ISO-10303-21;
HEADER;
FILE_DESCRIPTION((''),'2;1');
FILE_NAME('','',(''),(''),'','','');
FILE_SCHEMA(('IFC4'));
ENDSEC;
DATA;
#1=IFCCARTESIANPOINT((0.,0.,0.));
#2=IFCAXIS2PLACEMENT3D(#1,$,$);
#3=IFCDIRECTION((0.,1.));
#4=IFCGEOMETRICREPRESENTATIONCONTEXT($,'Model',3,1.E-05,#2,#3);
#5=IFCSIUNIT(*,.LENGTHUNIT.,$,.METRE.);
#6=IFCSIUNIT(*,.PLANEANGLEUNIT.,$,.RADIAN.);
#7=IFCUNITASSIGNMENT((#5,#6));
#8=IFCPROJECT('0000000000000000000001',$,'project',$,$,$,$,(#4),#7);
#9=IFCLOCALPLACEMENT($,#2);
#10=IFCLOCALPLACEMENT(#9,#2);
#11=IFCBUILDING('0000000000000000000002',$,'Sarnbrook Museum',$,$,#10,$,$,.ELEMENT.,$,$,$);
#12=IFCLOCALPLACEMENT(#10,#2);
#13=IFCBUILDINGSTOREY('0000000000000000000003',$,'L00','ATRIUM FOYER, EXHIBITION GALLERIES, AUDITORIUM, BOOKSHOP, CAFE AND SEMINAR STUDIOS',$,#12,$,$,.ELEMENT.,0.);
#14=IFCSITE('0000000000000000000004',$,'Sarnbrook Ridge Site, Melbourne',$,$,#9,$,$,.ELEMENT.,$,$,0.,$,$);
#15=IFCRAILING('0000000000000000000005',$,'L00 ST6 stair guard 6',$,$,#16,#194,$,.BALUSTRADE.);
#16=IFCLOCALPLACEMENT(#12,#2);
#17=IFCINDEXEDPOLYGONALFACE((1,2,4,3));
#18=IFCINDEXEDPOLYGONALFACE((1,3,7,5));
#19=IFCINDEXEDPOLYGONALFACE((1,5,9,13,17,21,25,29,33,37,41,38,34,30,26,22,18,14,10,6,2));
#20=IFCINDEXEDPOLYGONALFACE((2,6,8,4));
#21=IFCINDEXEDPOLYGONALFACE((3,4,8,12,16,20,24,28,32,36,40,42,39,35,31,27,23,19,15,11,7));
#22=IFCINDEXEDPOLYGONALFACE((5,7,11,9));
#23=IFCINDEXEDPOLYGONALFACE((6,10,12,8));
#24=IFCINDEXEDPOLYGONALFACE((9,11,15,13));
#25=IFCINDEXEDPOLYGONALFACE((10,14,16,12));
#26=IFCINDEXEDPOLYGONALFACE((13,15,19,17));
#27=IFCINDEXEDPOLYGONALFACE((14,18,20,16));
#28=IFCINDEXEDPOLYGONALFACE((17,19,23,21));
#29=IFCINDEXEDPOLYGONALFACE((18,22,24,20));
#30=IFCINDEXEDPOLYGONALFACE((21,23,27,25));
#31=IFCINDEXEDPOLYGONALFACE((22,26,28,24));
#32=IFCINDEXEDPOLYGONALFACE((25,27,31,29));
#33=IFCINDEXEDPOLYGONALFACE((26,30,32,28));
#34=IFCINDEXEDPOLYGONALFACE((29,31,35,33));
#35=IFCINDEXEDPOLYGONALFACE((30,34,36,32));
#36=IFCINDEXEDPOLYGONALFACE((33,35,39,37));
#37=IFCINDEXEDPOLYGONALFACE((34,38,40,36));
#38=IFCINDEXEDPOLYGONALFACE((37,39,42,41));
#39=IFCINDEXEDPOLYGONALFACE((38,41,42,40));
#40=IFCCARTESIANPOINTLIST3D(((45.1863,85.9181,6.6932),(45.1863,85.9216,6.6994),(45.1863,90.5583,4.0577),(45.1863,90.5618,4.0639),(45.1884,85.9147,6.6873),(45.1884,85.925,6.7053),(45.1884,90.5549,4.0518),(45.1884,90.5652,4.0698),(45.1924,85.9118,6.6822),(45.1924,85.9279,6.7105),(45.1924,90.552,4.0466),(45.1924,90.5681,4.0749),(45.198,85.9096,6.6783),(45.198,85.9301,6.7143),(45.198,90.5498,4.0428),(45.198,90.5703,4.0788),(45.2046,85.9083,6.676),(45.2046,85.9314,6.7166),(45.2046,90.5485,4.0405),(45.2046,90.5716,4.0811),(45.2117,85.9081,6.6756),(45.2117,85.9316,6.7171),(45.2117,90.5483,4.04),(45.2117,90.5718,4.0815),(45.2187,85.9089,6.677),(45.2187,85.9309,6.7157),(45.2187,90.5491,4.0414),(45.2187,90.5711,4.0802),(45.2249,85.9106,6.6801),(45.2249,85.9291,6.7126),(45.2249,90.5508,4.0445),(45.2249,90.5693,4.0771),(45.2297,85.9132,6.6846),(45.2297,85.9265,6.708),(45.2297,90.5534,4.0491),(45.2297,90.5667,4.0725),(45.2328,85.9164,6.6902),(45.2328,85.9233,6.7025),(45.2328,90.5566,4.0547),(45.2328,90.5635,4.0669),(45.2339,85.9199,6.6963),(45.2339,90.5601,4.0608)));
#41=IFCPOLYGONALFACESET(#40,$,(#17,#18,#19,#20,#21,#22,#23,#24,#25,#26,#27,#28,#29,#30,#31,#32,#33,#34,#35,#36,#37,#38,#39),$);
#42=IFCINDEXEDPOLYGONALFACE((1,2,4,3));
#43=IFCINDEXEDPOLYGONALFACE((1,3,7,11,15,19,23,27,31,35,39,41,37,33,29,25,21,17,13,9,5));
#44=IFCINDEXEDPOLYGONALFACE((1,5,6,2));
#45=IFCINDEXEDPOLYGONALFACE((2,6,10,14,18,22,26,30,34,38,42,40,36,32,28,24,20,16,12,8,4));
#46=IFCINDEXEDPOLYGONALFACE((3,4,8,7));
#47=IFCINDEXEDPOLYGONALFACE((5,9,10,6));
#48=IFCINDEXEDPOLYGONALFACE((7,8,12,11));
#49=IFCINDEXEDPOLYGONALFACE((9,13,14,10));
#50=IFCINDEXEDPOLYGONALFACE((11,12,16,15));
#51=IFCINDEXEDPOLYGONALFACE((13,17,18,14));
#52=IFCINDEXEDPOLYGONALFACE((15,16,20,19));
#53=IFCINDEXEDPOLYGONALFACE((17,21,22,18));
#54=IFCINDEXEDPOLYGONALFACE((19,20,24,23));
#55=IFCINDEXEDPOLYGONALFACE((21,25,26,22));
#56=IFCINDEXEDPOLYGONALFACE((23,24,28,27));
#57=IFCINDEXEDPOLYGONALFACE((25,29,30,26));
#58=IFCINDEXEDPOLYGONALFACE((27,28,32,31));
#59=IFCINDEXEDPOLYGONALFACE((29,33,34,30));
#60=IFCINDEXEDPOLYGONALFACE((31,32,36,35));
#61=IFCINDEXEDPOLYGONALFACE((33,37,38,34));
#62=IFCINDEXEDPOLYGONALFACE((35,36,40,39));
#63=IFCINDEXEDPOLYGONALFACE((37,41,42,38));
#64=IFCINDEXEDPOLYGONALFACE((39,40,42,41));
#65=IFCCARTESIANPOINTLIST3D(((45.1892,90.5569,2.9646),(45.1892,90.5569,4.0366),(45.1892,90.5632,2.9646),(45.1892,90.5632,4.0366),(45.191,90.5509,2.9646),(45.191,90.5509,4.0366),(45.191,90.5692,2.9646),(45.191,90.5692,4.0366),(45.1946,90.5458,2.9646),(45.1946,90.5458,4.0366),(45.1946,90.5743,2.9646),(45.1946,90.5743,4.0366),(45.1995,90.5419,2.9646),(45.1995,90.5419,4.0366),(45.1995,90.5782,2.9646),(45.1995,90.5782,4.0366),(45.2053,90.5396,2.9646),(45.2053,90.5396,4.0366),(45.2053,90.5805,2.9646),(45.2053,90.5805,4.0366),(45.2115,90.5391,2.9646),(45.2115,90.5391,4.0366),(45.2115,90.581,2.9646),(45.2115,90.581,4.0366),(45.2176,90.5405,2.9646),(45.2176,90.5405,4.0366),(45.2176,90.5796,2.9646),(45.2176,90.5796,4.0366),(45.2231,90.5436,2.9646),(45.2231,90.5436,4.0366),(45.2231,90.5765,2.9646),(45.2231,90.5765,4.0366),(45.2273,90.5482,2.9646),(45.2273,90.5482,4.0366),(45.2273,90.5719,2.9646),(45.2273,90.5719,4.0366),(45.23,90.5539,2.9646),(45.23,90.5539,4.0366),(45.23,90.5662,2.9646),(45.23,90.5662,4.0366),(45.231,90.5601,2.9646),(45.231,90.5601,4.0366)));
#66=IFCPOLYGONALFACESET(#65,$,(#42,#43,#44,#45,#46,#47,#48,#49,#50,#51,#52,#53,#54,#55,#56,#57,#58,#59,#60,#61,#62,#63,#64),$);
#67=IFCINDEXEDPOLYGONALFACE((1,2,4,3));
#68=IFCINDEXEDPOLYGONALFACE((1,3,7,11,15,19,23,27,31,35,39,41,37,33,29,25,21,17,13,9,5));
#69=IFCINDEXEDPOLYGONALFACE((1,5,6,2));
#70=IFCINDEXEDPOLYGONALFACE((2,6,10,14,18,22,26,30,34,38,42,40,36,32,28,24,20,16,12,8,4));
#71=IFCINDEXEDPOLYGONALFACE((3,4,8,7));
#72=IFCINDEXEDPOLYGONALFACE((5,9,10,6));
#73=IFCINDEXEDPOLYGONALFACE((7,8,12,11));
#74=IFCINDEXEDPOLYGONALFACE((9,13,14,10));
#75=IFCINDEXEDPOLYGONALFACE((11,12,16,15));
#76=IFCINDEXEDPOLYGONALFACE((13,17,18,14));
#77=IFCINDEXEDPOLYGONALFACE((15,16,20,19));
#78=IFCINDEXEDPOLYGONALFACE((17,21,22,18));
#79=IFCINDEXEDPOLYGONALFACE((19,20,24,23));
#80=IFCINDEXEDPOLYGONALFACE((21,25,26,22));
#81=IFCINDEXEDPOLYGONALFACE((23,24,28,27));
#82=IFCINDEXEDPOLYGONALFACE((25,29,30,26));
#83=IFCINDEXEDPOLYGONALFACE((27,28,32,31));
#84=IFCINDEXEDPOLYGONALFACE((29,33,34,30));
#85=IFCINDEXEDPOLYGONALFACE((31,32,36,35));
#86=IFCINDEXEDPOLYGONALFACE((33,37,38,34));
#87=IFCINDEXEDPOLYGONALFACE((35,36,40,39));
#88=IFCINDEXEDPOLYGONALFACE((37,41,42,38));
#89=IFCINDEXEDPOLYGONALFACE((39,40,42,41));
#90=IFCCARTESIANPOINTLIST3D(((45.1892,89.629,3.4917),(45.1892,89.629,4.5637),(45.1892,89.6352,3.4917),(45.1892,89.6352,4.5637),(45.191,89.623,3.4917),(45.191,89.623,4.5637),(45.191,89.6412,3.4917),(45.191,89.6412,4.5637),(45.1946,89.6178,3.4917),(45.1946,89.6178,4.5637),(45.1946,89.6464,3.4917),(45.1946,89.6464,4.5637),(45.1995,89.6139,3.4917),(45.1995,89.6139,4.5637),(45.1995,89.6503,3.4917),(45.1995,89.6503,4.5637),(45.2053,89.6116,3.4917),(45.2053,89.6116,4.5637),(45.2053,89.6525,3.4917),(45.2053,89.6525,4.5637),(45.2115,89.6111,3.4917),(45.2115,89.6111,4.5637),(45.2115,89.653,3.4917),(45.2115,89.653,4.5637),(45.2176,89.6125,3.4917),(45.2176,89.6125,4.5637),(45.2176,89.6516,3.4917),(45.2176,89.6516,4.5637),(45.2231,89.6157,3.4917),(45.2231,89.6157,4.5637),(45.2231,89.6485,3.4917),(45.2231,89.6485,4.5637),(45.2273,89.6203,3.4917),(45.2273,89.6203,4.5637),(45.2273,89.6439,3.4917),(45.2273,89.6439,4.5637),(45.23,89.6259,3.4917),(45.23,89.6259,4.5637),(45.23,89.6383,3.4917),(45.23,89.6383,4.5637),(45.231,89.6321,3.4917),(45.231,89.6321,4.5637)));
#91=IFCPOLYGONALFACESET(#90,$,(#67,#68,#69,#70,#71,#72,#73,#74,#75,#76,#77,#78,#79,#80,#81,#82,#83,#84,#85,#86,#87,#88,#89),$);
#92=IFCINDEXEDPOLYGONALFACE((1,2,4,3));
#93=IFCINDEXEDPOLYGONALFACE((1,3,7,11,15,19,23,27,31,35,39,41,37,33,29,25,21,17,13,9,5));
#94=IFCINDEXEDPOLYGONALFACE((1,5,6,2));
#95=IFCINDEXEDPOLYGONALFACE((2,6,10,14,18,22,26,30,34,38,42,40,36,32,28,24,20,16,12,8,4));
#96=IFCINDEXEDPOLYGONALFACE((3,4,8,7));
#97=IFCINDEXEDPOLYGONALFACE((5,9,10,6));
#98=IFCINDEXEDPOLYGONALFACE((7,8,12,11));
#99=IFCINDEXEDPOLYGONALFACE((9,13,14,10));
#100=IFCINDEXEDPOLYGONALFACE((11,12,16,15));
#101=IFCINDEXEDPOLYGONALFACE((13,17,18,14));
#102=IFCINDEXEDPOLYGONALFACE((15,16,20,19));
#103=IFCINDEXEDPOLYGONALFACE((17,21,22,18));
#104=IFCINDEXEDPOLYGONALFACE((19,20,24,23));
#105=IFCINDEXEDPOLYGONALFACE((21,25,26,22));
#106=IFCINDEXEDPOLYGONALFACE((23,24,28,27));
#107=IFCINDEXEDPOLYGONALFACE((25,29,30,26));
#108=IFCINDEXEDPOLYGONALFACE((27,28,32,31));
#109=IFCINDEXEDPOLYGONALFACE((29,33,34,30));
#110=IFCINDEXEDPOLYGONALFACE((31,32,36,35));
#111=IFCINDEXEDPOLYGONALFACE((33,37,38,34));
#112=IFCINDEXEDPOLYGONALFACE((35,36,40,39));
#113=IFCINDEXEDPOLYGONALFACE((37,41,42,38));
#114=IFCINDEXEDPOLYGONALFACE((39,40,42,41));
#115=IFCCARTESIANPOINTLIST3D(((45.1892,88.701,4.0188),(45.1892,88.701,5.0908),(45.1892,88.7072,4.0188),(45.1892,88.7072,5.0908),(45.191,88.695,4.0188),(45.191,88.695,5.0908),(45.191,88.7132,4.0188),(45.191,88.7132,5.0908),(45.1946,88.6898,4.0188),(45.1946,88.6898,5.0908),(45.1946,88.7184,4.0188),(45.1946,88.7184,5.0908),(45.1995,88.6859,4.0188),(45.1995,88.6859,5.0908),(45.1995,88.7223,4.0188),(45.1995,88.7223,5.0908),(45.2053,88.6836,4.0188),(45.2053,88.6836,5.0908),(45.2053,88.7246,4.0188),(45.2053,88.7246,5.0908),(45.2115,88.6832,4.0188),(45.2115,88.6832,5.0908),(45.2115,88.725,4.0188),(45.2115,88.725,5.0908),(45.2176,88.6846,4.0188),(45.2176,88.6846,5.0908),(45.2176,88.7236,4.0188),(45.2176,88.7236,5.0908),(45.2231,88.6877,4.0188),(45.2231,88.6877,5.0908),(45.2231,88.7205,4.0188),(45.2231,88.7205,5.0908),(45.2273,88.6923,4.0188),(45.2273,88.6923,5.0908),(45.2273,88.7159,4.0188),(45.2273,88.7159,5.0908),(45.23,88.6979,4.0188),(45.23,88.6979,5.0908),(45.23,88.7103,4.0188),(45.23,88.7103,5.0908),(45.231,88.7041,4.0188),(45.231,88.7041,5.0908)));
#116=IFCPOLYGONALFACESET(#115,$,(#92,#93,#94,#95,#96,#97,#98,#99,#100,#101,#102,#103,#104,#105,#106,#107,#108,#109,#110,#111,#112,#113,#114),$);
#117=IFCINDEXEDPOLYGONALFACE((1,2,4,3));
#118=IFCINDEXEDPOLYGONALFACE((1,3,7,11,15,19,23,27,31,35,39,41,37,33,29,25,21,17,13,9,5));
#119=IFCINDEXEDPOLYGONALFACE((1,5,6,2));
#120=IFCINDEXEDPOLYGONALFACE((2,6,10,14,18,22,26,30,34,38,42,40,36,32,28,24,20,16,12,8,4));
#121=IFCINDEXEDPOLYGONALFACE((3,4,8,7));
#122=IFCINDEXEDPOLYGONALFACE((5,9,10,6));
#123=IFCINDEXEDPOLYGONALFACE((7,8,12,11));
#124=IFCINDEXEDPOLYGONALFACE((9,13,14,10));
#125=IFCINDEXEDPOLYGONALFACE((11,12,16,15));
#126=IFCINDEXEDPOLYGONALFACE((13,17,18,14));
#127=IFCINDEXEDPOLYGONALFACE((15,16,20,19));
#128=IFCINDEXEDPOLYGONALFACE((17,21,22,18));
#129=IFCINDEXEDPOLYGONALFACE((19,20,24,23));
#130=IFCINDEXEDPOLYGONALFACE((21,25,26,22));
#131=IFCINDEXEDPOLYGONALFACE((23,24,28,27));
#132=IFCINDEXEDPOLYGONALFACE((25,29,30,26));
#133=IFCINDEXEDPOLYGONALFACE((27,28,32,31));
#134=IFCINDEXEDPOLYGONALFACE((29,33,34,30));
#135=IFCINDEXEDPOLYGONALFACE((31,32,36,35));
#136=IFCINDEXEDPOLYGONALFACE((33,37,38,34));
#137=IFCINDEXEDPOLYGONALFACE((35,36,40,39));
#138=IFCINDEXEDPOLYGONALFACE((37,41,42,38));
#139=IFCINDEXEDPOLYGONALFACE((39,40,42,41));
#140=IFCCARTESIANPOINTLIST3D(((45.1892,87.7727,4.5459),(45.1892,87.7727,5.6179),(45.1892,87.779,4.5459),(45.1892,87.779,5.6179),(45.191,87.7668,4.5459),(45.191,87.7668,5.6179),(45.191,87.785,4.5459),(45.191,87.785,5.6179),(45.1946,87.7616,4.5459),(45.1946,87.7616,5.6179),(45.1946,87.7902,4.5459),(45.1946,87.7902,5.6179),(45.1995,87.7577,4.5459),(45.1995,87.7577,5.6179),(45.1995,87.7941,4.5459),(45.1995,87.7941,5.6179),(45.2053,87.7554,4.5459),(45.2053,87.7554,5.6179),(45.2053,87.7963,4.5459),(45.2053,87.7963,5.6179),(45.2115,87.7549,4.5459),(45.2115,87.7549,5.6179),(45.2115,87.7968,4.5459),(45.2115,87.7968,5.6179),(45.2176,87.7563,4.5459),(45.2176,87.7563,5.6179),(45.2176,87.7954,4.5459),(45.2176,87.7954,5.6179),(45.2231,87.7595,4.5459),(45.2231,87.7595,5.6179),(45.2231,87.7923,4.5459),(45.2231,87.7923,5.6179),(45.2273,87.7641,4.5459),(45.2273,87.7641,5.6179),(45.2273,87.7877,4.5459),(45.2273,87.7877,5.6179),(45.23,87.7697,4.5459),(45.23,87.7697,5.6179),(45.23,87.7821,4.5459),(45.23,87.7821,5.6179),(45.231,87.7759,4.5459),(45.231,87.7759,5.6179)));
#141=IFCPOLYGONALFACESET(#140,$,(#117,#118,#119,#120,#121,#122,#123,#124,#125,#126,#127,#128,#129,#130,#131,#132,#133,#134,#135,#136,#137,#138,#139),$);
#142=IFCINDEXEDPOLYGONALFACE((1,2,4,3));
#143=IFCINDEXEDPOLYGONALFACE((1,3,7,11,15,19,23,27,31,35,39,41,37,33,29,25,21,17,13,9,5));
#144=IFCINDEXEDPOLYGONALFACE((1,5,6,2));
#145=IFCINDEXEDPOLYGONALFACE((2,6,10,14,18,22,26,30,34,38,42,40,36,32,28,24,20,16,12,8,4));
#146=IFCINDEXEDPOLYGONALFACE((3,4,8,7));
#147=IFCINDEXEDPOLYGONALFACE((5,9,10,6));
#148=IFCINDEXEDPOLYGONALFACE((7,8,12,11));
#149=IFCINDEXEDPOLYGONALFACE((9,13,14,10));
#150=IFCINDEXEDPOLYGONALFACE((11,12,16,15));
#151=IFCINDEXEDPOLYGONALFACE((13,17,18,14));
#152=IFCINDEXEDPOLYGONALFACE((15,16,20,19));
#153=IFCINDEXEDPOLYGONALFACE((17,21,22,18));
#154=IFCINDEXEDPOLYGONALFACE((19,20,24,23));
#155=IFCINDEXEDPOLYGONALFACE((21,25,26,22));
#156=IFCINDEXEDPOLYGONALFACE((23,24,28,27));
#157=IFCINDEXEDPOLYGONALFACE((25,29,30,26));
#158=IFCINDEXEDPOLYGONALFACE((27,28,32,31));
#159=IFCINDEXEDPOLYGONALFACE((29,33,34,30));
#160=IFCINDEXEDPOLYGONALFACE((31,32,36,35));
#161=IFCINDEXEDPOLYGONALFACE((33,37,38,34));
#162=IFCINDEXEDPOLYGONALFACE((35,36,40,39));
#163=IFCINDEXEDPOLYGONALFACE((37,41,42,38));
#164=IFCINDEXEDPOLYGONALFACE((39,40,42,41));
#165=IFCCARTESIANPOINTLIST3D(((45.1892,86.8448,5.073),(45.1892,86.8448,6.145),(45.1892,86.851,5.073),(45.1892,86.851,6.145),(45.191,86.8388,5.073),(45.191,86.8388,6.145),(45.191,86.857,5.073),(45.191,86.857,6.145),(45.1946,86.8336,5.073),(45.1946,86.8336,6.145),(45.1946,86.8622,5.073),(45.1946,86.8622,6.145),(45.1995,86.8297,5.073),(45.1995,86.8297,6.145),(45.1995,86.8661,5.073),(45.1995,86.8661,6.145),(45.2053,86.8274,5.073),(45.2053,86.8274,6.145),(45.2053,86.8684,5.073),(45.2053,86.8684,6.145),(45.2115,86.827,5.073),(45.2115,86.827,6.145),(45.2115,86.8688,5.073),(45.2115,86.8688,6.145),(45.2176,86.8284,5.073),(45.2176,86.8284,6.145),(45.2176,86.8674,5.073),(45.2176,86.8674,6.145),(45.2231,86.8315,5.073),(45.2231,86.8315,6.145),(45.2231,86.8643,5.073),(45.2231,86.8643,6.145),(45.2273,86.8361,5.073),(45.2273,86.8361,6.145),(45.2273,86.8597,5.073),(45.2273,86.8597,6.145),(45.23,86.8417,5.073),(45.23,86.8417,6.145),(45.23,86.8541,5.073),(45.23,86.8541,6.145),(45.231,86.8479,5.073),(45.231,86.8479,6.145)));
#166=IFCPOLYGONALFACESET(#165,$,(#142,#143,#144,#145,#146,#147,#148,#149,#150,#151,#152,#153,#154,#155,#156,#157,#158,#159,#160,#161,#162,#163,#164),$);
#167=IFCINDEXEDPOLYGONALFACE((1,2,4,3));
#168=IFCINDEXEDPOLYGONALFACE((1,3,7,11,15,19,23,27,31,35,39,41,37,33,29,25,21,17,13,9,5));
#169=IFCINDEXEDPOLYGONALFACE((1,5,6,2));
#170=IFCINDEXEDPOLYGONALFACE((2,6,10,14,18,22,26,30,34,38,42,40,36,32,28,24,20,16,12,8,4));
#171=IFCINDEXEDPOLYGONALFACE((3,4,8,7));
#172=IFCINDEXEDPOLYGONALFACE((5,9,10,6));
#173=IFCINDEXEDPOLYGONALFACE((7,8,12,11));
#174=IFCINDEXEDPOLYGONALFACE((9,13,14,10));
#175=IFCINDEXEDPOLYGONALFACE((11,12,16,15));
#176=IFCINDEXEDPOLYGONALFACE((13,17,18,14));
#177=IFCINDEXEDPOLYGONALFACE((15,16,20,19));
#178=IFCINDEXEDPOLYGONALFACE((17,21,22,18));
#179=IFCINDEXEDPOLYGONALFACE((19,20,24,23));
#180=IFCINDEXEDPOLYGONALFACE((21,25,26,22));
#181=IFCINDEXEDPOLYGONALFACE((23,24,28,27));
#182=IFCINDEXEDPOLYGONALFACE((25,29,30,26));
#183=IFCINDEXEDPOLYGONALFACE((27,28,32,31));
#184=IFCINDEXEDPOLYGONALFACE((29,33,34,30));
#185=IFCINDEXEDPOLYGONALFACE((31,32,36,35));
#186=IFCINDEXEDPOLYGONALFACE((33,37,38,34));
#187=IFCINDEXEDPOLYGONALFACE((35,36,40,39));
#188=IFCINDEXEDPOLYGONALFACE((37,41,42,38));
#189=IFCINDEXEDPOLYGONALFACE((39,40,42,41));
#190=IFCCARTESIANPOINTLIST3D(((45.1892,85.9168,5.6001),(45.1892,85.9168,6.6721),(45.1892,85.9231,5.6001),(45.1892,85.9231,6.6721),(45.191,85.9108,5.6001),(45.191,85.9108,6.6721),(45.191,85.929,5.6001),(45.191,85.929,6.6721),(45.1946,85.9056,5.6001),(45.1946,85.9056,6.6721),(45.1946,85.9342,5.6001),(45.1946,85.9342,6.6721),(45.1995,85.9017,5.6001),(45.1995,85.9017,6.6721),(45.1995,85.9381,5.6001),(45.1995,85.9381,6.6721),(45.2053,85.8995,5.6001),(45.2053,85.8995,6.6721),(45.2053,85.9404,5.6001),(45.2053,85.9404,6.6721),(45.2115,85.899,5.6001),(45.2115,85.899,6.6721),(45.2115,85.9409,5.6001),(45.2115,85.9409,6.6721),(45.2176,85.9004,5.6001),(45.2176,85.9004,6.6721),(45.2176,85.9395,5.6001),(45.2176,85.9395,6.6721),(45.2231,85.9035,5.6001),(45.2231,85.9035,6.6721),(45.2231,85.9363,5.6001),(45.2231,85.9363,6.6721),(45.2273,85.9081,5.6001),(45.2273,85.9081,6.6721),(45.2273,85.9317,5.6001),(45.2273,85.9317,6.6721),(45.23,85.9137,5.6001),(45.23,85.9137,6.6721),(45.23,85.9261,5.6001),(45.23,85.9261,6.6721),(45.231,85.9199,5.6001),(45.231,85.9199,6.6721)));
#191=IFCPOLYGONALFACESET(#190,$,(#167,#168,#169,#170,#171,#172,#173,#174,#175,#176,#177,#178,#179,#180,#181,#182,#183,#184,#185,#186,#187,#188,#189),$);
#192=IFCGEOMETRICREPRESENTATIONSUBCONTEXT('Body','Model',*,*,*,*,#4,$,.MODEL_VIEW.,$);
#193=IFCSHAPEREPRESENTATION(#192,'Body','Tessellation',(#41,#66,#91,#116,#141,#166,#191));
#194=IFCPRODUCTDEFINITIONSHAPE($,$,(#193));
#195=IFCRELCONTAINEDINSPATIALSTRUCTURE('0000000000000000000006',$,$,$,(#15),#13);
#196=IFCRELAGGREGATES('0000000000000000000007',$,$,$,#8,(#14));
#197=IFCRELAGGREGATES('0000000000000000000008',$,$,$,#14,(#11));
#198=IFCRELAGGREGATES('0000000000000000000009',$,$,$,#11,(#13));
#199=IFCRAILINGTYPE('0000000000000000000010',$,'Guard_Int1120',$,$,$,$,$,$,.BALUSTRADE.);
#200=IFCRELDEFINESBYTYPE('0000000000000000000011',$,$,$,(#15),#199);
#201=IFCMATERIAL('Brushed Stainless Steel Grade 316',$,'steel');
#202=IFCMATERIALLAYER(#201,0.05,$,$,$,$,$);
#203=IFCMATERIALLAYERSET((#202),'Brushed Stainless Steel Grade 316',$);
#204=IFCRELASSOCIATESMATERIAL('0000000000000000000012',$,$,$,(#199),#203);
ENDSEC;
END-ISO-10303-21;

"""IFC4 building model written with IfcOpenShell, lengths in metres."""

from ifc_helpers import new_model, si_unit, direction, frame, origin, origin_2d, place, context, subcontext, project, spatial, circle, extrude, material, layer, layer_set, type_object, element, save


model = new_model("IFC4")

# Units and contexts
model_context = context("Model", 3, precision=1e-05, world=origin(), true_north=direction((0.0, 1.0)))
body_context = subcontext(model_context, "Body", "Model", "MODEL_VIEW")
ifc_project = project(units=[si_unit("LENGTHUNIT", "METRE"), si_unit("PLANEANGLEUNIT", "RADIAN")], contexts=[model_context])

# Site, building, storey
site_placement = place(None, origin())
site = spatial("IfcSite", under=ifc_project, at=site_placement, Name="Sarnbrook Ridge Site, Melbourne", CompositionType="ELEMENT", RefElevation=0.0)
building_placement = place(site_placement, origin())
building = spatial("IfcBuilding", under=site, at=building_placement, Name="Sarnbrook Museum", CompositionType="ELEMENT")
storey_placement = place(building_placement, origin())
storey = spatial("IfcBuildingStorey", under=building, at=storey_placement, Name="L00", Description="ATRIUM FOYER, EXHIBITION GALLERIES, AUDITORIUM, BOOKSHOP, CAFE AND SEMINAR STUDIOS", CompositionType="ELEMENT", Elevation=0.0)

# Shared definitions
ifc_material_1 = material(Name="Brushed Stainless Steel Grade 316", Category="steel")

# Railing
ifc_layer_1 = layer(ifc_material_1, 0.05)
ifc_layer_set_1 = layer_set([ifc_layer_1], Name="Brushed Stainless Steel Grade 316")
railing_type_1 = type_object("IfcRailingType", Name="Guard_Int1120", PredefinedType="BALUSTRADE", material=ifc_layer_set_1)
railing_1_placement = place(storey_placement, frame((45.21, 90.5601, 2.9646)))
element("IfcRailing", 1, at=railing_1_placement, inside=storey, type_object=railing_type_1, Name="L00 ST6 stair guard 6", PredefinedType="BALUSTRADE", context=body_context, shape_type="SweptSolid", body=[
    extrude(circle(Radius=0.0239, at=origin_2d()), frame((0.0, 0.0, 1.0962), z_axis=(0.0, -0.869532, 0.493876), x_axis=(1.0, 0.0, 0.0)), (0.0, 0.0, 1.0), 5.3364),
    extrude(circle(Radius=0.021, at=origin_2d()), origin(), (0.0, 0.0, 1.0), 1.072),
    extrude(circle(Radius=0.021, at=origin_2d()), frame((0.0, -0.928, 0.5271)), (0.0, 0.0, 1.0), 1.072),
    extrude(circle(Radius=0.021, at=origin_2d()), frame((0.0, -1.856, 1.0542)), (0.0, 0.0, 1.0), 1.072),
    extrude(circle(Radius=0.021, at=origin_2d()), frame((0.0, -2.7842, 1.5813)), (0.0, 0.0, 1.0), 1.072),
    extrude(circle(Radius=0.021, at=origin_2d()), frame((0.0, -3.7122, 2.1084)), (0.0, 0.0, 1.0), 1.072),
    extrude(circle(Radius=0.021, at=origin_2d()), frame((0.0, -4.6401, 2.6355)), (0.0, 0.0, 1.0), 1.072),
])

save(model, "model.ifc")
